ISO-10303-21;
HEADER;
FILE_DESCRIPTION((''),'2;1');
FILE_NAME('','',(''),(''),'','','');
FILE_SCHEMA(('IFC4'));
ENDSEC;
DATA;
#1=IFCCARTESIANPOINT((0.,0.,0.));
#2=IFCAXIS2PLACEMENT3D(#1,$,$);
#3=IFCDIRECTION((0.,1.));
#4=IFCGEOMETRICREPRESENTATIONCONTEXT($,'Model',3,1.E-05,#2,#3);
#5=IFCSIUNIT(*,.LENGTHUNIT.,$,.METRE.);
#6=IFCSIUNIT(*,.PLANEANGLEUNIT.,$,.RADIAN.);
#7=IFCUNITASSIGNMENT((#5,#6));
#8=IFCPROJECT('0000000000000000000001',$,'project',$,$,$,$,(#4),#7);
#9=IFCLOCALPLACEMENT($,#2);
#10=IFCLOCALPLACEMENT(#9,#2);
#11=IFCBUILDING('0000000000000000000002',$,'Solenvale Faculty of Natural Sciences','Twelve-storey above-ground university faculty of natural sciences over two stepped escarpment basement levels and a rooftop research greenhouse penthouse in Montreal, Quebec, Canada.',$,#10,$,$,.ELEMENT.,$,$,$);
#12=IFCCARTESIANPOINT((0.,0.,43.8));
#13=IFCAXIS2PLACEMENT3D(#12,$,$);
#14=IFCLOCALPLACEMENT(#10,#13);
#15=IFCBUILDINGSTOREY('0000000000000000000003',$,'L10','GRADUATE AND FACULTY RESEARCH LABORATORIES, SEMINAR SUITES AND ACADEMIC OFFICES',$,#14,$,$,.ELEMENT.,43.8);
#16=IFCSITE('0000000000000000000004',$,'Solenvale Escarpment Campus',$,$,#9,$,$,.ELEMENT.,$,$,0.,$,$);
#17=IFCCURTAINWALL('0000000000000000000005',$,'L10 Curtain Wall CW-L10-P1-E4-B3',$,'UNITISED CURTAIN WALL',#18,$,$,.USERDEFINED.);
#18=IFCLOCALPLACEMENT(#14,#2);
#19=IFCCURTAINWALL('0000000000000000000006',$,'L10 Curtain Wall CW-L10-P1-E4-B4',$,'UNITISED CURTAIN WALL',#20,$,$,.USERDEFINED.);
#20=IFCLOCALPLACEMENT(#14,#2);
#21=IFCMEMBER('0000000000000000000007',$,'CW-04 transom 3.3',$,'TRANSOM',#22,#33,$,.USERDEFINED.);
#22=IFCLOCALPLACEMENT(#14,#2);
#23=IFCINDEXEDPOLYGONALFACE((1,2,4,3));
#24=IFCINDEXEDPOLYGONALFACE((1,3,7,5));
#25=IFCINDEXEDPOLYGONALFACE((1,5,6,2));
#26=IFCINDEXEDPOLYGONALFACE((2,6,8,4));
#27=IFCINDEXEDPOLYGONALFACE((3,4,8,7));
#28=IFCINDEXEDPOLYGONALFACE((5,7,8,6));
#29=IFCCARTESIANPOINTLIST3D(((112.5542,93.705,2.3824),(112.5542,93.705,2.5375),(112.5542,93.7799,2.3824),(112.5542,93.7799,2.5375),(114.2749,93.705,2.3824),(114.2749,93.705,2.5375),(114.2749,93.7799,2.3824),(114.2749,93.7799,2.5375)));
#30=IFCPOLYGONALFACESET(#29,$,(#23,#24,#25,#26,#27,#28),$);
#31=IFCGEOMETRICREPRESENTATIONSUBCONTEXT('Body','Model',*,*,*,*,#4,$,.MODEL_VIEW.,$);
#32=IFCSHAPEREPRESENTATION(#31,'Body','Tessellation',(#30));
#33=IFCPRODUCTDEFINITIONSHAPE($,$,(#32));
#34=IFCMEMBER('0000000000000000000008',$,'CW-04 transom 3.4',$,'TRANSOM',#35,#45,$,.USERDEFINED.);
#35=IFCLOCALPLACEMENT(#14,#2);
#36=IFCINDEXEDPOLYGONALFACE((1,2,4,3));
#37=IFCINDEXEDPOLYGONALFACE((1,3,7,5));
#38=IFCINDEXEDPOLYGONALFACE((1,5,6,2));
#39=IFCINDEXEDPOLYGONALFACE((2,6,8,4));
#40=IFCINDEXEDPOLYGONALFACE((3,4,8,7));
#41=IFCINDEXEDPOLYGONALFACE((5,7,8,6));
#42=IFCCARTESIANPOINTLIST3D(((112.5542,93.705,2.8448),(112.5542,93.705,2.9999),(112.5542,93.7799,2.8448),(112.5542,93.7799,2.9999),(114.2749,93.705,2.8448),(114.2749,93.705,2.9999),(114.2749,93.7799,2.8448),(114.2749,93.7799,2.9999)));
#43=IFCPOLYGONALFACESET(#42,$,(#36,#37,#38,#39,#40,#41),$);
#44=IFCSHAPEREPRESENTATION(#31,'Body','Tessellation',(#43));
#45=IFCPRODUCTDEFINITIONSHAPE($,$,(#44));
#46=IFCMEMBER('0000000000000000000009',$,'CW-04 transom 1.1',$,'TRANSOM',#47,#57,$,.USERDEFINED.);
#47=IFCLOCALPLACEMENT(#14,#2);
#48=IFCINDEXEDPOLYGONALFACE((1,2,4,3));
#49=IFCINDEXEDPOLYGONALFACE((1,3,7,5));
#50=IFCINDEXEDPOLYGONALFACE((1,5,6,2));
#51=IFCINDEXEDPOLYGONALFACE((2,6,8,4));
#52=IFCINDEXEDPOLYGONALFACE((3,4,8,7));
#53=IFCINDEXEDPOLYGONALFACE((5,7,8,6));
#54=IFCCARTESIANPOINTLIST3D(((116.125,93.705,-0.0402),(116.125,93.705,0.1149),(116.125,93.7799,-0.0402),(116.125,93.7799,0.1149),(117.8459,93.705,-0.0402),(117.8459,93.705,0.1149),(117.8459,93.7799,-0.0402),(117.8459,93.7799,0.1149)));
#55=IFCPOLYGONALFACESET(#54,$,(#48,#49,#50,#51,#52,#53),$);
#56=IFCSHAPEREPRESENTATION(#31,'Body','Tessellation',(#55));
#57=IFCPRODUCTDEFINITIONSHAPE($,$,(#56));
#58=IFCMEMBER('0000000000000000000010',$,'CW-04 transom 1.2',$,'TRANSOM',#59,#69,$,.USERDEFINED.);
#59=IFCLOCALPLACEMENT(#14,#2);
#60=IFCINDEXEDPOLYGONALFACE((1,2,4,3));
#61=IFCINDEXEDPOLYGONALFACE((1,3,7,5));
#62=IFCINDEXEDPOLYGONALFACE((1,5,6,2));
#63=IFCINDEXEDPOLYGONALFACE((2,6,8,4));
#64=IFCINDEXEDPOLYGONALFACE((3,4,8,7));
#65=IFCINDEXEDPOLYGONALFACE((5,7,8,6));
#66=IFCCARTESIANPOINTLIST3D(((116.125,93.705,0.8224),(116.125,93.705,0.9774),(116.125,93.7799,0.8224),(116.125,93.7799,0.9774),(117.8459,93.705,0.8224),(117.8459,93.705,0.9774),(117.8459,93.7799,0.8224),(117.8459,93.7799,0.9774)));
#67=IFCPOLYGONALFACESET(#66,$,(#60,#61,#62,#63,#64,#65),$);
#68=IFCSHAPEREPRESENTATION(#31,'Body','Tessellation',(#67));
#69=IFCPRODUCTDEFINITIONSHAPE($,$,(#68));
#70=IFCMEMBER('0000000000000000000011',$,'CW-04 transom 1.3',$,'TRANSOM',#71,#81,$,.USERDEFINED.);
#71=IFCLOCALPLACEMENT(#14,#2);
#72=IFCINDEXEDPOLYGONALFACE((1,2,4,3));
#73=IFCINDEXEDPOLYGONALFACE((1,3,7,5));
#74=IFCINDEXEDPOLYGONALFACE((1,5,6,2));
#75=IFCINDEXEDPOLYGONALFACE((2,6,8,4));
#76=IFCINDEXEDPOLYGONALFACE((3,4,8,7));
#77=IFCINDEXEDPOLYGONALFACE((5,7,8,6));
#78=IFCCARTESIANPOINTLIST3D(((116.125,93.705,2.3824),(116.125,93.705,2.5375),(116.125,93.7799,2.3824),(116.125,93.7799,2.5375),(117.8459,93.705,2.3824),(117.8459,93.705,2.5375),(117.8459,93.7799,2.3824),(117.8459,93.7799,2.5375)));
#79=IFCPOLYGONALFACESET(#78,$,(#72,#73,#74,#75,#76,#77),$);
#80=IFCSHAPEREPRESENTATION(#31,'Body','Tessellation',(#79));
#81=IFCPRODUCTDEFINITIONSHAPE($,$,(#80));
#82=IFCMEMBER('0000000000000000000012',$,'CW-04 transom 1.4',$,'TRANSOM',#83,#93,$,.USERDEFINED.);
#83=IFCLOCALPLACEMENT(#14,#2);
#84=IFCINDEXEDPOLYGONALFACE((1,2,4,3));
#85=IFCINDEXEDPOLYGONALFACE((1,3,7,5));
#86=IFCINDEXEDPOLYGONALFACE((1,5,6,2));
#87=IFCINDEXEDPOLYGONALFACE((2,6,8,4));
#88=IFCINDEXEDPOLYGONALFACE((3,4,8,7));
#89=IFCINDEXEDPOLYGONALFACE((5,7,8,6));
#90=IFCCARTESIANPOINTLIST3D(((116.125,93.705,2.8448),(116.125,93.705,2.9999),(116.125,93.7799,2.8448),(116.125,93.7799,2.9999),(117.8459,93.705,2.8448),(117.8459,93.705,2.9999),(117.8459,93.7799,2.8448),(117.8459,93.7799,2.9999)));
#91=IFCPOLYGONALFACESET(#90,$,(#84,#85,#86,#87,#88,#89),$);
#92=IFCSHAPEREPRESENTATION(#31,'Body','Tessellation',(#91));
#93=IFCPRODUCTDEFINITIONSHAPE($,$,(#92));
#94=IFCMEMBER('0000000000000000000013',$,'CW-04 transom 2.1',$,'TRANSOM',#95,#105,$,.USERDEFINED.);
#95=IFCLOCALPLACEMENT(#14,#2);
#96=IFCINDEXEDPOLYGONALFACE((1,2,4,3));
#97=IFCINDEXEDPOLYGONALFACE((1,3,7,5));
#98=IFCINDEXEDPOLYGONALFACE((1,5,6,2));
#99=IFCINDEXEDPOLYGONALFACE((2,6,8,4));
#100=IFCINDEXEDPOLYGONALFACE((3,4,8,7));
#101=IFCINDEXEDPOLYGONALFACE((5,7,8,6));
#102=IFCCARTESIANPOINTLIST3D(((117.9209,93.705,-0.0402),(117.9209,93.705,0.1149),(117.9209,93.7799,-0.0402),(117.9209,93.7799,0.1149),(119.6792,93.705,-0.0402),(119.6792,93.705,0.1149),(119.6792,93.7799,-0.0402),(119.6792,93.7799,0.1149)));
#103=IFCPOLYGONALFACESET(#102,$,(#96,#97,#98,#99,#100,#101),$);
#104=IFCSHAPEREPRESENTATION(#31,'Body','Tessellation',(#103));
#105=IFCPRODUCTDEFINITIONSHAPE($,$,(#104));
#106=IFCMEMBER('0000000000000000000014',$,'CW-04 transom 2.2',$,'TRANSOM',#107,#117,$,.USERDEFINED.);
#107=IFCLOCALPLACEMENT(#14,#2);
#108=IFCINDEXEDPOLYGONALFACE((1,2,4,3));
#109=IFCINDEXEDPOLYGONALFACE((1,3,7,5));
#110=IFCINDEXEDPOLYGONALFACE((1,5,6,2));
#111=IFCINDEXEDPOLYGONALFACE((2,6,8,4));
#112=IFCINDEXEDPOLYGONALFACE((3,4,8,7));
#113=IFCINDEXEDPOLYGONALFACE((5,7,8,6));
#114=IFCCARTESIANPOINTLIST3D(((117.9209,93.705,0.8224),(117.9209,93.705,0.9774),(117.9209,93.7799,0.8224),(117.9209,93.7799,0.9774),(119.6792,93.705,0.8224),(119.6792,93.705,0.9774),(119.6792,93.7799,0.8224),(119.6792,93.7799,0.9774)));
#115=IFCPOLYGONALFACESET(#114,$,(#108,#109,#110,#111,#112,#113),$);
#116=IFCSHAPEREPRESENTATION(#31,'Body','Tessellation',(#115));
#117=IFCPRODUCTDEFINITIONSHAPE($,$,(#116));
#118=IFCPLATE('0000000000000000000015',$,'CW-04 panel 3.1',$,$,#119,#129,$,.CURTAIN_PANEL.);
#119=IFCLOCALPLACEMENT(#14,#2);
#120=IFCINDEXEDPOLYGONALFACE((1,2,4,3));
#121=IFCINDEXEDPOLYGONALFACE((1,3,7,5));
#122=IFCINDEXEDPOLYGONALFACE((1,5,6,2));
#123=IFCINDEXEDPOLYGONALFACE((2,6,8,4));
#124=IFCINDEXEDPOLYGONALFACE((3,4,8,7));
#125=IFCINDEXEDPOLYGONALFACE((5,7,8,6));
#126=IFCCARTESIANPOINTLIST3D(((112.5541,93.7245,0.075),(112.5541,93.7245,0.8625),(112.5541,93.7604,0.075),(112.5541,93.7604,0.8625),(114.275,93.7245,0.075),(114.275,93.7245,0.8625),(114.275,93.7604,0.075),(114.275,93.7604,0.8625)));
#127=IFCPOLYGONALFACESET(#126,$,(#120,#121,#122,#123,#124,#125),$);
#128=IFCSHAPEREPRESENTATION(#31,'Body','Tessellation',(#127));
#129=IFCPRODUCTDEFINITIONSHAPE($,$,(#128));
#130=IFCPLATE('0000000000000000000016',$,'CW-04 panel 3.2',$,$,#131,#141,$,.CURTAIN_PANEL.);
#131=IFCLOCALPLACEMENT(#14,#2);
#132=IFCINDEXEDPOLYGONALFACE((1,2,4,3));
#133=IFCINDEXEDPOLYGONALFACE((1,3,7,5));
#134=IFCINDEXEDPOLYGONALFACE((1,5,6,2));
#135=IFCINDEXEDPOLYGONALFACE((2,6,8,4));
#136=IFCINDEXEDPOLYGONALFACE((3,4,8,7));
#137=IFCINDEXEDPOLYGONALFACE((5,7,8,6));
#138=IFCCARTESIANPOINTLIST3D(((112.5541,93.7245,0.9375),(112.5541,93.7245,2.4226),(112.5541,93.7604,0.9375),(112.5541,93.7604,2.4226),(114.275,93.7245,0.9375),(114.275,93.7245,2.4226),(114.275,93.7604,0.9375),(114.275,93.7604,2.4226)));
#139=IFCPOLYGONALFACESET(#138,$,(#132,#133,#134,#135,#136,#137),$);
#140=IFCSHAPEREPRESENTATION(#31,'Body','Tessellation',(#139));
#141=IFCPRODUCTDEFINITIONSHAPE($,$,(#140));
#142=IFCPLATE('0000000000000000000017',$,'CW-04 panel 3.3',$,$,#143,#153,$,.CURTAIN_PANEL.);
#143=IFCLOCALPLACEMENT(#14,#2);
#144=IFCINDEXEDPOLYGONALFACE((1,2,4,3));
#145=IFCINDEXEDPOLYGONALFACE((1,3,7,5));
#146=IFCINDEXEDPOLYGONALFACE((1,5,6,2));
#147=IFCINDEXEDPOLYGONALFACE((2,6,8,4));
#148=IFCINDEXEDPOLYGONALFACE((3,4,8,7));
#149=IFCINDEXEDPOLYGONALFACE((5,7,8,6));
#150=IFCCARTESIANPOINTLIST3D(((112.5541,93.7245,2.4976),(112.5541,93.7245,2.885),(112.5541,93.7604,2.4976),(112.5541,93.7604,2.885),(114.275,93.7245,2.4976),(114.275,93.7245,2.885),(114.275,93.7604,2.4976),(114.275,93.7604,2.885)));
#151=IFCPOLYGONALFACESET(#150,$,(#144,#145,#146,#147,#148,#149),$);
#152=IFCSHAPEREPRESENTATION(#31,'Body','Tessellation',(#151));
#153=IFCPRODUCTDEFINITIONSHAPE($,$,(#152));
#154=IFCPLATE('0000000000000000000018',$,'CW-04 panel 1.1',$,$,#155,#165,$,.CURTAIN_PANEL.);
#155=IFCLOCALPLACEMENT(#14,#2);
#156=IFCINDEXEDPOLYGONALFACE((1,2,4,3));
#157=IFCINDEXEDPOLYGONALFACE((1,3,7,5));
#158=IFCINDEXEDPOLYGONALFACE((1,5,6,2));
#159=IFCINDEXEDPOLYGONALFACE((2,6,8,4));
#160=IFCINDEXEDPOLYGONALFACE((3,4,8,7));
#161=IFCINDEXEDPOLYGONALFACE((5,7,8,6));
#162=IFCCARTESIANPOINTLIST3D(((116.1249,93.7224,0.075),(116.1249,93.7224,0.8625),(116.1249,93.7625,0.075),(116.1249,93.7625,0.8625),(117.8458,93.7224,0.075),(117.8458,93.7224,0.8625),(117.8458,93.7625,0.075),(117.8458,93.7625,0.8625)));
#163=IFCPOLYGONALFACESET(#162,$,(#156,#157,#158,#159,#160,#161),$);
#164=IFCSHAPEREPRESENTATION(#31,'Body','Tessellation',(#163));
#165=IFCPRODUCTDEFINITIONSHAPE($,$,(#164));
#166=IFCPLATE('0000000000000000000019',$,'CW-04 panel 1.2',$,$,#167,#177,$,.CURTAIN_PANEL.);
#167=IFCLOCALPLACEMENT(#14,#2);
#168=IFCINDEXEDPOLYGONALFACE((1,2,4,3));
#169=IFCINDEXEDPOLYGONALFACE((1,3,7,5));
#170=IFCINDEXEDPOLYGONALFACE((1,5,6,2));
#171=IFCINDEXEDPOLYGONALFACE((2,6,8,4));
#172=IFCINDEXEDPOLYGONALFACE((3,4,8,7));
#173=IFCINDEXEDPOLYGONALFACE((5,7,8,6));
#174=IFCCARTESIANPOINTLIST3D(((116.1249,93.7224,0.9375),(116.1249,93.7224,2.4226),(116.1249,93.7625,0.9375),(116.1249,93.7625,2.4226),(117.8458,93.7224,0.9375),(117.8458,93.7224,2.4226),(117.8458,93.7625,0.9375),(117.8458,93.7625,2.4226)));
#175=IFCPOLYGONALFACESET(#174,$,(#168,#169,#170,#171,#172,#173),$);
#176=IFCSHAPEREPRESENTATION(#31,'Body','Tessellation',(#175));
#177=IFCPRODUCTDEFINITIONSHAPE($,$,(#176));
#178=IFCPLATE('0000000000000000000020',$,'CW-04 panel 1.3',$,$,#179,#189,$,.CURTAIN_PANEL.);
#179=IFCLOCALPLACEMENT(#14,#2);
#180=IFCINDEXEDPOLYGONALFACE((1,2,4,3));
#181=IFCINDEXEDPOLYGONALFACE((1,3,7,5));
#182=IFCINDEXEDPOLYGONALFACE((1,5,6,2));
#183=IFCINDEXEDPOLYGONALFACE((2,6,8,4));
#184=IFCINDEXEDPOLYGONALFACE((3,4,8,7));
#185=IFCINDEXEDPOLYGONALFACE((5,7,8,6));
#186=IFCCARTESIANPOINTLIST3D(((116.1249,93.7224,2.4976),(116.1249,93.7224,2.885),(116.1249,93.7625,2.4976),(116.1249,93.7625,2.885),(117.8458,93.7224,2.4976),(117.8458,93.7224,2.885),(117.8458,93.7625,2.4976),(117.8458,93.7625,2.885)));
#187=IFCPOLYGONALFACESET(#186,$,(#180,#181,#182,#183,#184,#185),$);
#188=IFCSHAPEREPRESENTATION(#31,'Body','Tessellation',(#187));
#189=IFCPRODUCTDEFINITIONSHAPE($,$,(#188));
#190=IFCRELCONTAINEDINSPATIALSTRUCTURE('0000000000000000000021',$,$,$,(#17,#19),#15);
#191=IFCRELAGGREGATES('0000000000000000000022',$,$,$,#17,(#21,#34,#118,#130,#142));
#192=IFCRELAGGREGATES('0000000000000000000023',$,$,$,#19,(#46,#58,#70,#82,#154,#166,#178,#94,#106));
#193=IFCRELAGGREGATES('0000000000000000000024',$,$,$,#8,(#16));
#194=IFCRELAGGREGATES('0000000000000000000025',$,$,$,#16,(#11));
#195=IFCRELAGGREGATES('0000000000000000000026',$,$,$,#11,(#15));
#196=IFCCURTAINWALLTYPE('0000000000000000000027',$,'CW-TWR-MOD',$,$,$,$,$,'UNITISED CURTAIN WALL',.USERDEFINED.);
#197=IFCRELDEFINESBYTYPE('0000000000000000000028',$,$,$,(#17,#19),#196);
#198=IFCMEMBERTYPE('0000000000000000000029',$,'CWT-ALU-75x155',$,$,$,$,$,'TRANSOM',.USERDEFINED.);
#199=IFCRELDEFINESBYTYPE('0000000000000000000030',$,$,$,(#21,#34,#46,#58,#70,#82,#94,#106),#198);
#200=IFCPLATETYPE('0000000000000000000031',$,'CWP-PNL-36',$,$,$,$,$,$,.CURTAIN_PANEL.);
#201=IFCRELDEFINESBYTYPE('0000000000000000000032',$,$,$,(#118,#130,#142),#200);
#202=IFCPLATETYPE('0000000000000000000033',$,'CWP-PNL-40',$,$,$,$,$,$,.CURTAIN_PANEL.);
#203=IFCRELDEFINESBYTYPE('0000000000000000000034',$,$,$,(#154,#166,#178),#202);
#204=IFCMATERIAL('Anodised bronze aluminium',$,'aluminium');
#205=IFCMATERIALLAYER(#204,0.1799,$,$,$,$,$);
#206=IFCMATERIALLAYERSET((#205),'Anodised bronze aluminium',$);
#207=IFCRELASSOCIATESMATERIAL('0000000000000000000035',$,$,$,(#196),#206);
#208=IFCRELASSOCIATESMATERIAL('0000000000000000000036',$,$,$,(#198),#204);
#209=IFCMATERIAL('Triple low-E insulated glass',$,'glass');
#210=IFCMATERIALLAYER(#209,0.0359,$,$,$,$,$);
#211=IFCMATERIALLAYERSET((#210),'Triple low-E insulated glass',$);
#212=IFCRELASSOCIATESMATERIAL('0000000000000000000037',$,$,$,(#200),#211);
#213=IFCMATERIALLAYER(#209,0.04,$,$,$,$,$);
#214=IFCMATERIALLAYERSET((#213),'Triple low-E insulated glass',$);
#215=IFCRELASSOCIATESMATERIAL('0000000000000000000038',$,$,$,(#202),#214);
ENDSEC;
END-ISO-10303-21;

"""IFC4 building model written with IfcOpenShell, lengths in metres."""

from ifc_helpers import new_model, si_unit, direction, frame, origin, origin_2d, place, context, subcontext, project, spatial, rectangle, extrude, material, layer, layer_set, material_profile, profile_set, type_object, element, aggregate, save


model = new_model("IFC4")

# Units and contexts
model_context = context("Model", 3, precision=1e-05, world=origin(), true_north=direction((0.0, 1.0)))
body_context = subcontext(model_context, "Body", "Model", "MODEL_VIEW")
ifc_project = project(units=[si_unit("LENGTHUNIT", "METRE"), si_unit("PLANEANGLEUNIT", "RADIAN")], contexts=[model_context])

# Site, building, storey
site_placement = place(None, origin())
site = spatial("IfcSite", under=ifc_project, at=site_placement, Name="Solenvale Escarpment Campus", CompositionType="ELEMENT", RefElevation=0.0)
building_placement = place(site_placement, origin())
building = spatial("IfcBuilding", under=site, at=building_placement, Name="Solenvale Faculty of Natural Sciences", Description="Twelve-storey above-ground university faculty of natural sciences over two stepped escarpment basement levels and a rooftop research greenhouse penthouse in Montreal, Quebec, Canada.", CompositionType="ELEMENT")
storey_placement = place(building_placement, frame((0.0, 0.0, 43.8)))
storey = spatial("IfcBuildingStorey", under=building, at=storey_placement, Name="L10", Description="GRADUATE AND FACULTY RESEARCH LABORATORIES, SEMINAR SUITES AND ACADEMIC OFFICES", CompositionType="ELEMENT", Elevation=43.8)

# Curtain wall
ifc_material_1 = material(Name="Anodised bronze aluminium", Category="aluminium")
ifc_layer_1 = layer(ifc_material_1, 0.1799)
ifc_layer_set_1 = layer_set([ifc_layer_1], Name="Anodised bronze aluminium")
curtain_wall_type = type_object("IfcCurtainWallType", Name="CW-TWR-MOD", ElementType="UNITISED CURTAIN WALL", PredefinedType="USERDEFINED", material=ifc_layer_set_1)
curtain_wall_1_placement = place(storey_placement, origin())
curtain_wall_1 = element("IfcCurtainWall", 1, at=curtain_wall_1_placement, inside=storey, type_object=curtain_wall_type, Name="L10 Curtain Wall CW-L10-P1-E4-B3", ObjectType="UNITISED CURTAIN WALL", PredefinedType="USERDEFINED")

# Curtain wall
curtain_wall_2_placement = place(storey_placement, origin())
curtain_wall_2 = element("IfcCurtainWall", 2, at=curtain_wall_2_placement, inside=storey, type_object=curtain_wall_type, Name="L10 Curtain Wall CW-L10-P1-E4-B4", ObjectType="UNITISED CURTAIN WALL", PredefinedType="USERDEFINED")

# Members
ifc_material_profile_1 = material_profile(ifc_material_1, rectangle(XDim=0.075, YDim=0.155, at=origin_2d()), Name="ALU-TRN-75x155")
ifc_profile_set_1 = profile_set([ifc_material_profile_1], Name="Anodised bronze aluminium")
member_type_1 = type_object("IfcMemberType", Name="CWT-ALU-75x155", ElementType="TRANSOM", PredefinedType="USERDEFINED", material=ifc_profile_set_1)
member_1_placement = place(storey_placement, frame((112.5542, 93.7424, 2.46), z_axis=(1.0, 0.0, 0.0), x_axis=(0.0, 1.0, 0.0)))
member_1 = element("IfcMember", 3, at=member_1_placement, type_object=member_type_1, Name="CW-04 transom 3.3", ObjectType="TRANSOM", PredefinedType="USERDEFINED", context=body_context, shape_type="SweptSolid", body=[
    extrude(rectangle(XDim=0.075, YDim=0.155, at=origin_2d()), origin(), (0.0, 0.0, 1.0), 1.7207),
])
member_2_placement = place(storey_placement, frame((112.5542, 93.7424, 2.9224), z_axis=(1.0, 0.0, 0.0), x_axis=(0.0, 1.0, 0.0)))
member_2 = element("IfcMember", 4, at=member_2_placement, type_object=member_type_1, Name="CW-04 transom 3.4", ObjectType="TRANSOM", PredefinedType="USERDEFINED", context=body_context, shape_type="SweptSolid", body=[
    extrude(rectangle(XDim=0.075, YDim=0.155, at=origin_2d()), origin(), (0.0, 0.0, 1.0), 1.7207),
])
member_3_placement = place(storey_placement, frame((116.125, 93.7424, 0.0374), z_axis=(1.0, 0.0, 0.0), x_axis=(0.0, 1.0, 0.0)))
member_3 = element("IfcMember", 5, at=member_3_placement, type_object=member_type_1, Name="CW-04 transom 1.1", ObjectType="TRANSOM", PredefinedType="USERDEFINED", context=body_context, shape_type="SweptSolid", body=[
    extrude(rectangle(XDim=0.075, YDim=0.155, at=origin_2d()), origin(), (0.0, 0.0, 1.0), 1.7209),
])
member_4_placement = place(storey_placement, frame((116.125, 93.7424, 0.8999), z_axis=(1.0, 0.0, 0.0), x_axis=(0.0, 1.0, 0.0)))
member_4 = element("IfcMember", 6, at=member_4_placement, type_object=member_type_1, Name="CW-04 transom 1.2", ObjectType="TRANSOM", PredefinedType="USERDEFINED", context=body_context, shape_type="SweptSolid", body=[
    extrude(rectangle(XDim=0.075, YDim=0.155, at=origin_2d()), origin(), (0.0, 0.0, 1.0), 1.7209),
])
member_5_placement = place(storey_placement, frame((116.125, 93.7424, 2.46), z_axis=(1.0, 0.0, 0.0), x_axis=(0.0, 1.0, 0.0)))
member_5 = element("IfcMember", 7, at=member_5_placement, type_object=member_type_1, Name="CW-04 transom 1.3", ObjectType="TRANSOM", PredefinedType="USERDEFINED", context=body_context, shape_type="SweptSolid", body=[
    extrude(rectangle(XDim=0.075, YDim=0.155, at=origin_2d()), origin(), (0.0, 0.0, 1.0), 1.7209),
])
member_6_placement = place(storey_placement, frame((116.125, 93.7424, 2.9224), z_axis=(1.0, 0.0, 0.0), x_axis=(0.0, 1.0, 0.0)))
member_6 = element("IfcMember", 8, at=member_6_placement, type_object=member_type_1, Name="CW-04 transom 1.4", ObjectType="TRANSOM", PredefinedType="USERDEFINED", context=body_context, shape_type="SweptSolid", body=[
    extrude(rectangle(XDim=0.075, YDim=0.155, at=origin_2d()), origin(), (0.0, 0.0, 1.0), 1.7209),
])
member_7_placement = place(storey_placement, frame((117.9209, 93.7424, 0.0374), z_axis=(1.0, 0.0, 0.0), x_axis=(0.0, 1.0, 0.0)))
member_7 = element("IfcMember", 9, at=member_7_placement, type_object=member_type_1, Name="CW-04 transom 2.1", ObjectType="TRANSOM", PredefinedType="USERDEFINED", context=body_context, shape_type="SweptSolid", body=[
    extrude(rectangle(XDim=0.075, YDim=0.155, at=origin_2d()), origin(), (0.0, 0.0, 1.0), 1.7583),
])
member_8_placement = place(storey_placement, frame((117.9209, 93.7424, 0.8999), z_axis=(1.0, 0.0, 0.0), x_axis=(0.0, 1.0, 0.0)))
member_8 = element("IfcMember", 10, at=member_8_placement, type_object=member_type_1, Name="CW-04 transom 2.2", ObjectType="TRANSOM", PredefinedType="USERDEFINED", context=body_context, shape_type="SweptSolid", body=[
    extrude(rectangle(XDim=0.075, YDim=0.155, at=origin_2d()), origin(), (0.0, 0.0, 1.0), 1.7583),
])

# Plates
ifc_material_2 = material(Name="Triple low-E insulated glass", Category="glass")
ifc_layer_2 = layer(ifc_material_2, 0.0359)
ifc_layer_set_2 = layer_set([ifc_layer_2], Name="Triple low-E insulated glass")
plate_type_1 = type_object("IfcPlateType", Name="CWP-PNL-36", PredefinedType="CURTAIN_PANEL", material=ifc_layer_set_2)
plate_1_placement = place(storey_placement, frame((113.4146, 93.7424, 0.075), z_axis=(0.0, 0.0, 1.0), x_axis=(1.0, 0.0, 0.0)))
plate_1 = element("IfcPlate", 11, at=plate_1_placement, type_object=plate_type_1, Name="CW-04 panel 3.1", PredefinedType="CURTAIN_PANEL", context=body_context, shape_type="SweptSolid", body=[
    extrude(rectangle(XDim=1.7209, YDim=0.0359, at=origin_2d()), origin(), (0.0, 0.0, 1.0), 0.7876),
])
plate_2_placement = place(storey_placement, frame((113.4146, 93.7424, 0.9375), z_axis=(0.0, 0.0, 1.0), x_axis=(1.0, 0.0, 0.0)))
plate_2 = element("IfcPlate", 12, at=plate_2_placement, type_object=plate_type_1, Name="CW-04 panel 3.2", PredefinedType="CURTAIN_PANEL", context=body_context, shape_type="SweptSolid", body=[
    extrude(rectangle(XDim=1.7209, YDim=0.0359, at=origin_2d()), origin(), (0.0, 0.0, 1.0), 1.4851),
])
plate_3_placement = place(storey_placement, frame((113.4146, 93.7424, 2.4976), z_axis=(0.0, 0.0, 1.0), x_axis=(1.0, 0.0, 0.0)))
plate_3 = element("IfcPlate", 13, at=plate_3_placement, type_object=plate_type_1, Name="CW-04 panel 3.3", PredefinedType="CURTAIN_PANEL", context=body_context, shape_type="SweptSolid", body=[
    extrude(rectangle(XDim=1.7209, YDim=0.0359, at=origin_2d()), origin(), (0.0, 0.0, 1.0), 0.3875),
])
aggregate(curtain_wall_1, [member_1, member_2, plate_1, plate_2, plate_3])
ifc_layer_3 = layer(ifc_material_2, 0.04)
ifc_layer_set_3 = layer_set([ifc_layer_3], Name="Triple low-E insulated glass")
plate_type_2 = type_object("IfcPlateType", Name="CWP-PNL-40", PredefinedType="CURTAIN_PANEL", material=ifc_layer_set_3)
plate_4_placement = place(storey_placement, frame((116.9854, 93.7424, 0.075), z_axis=(0.0, 0.0, 1.0), x_axis=(1.0, 0.0, 0.0)))
plate_4 = element("IfcPlate", 14, at=plate_4_placement, type_object=plate_type_2, Name="CW-04 panel 1.1", PredefinedType="CURTAIN_PANEL", context=body_context, shape_type="SweptSolid", body=[
    extrude(rectangle(XDim=1.7209, YDim=0.04, at=origin_2d()), origin(), (0.0, 0.0, 1.0), 0.7876),
])
plate_5_placement = place(storey_placement, frame((116.9854, 93.7424, 0.9375), z_axis=(0.0, 0.0, 1.0), x_axis=(1.0, 0.0, 0.0)))
plate_5 = element("IfcPlate", 15, at=plate_5_placement, type_object=plate_type_2, Name="CW-04 panel 1.2", PredefinedType="CURTAIN_PANEL", context=body_context, shape_type="SweptSolid", body=[
    extrude(rectangle(XDim=1.7209, YDim=0.04, at=origin_2d()), origin(), (0.0, 0.0, 1.0), 1.4851),
])
plate_6_placement = place(storey_placement, frame((116.9854, 93.7424, 2.4976), z_axis=(0.0, 0.0, 1.0), x_axis=(1.0, 0.0, 0.0)))
plate_6 = element("IfcPlate", 16, at=plate_6_placement, type_object=plate_type_2, Name="CW-04 panel 1.3", PredefinedType="CURTAIN_PANEL", context=body_context, shape_type="SweptSolid", body=[
    extrude(rectangle(XDim=1.7209, YDim=0.04, at=origin_2d()), origin(), (0.0, 0.0, 1.0), 0.3875),
])
aggregate(curtain_wall_2, [member_3, member_4, member_5, member_6, plate_4, plate_5, plate_6, member_7, member_8])

save(model, "model.ifc")
